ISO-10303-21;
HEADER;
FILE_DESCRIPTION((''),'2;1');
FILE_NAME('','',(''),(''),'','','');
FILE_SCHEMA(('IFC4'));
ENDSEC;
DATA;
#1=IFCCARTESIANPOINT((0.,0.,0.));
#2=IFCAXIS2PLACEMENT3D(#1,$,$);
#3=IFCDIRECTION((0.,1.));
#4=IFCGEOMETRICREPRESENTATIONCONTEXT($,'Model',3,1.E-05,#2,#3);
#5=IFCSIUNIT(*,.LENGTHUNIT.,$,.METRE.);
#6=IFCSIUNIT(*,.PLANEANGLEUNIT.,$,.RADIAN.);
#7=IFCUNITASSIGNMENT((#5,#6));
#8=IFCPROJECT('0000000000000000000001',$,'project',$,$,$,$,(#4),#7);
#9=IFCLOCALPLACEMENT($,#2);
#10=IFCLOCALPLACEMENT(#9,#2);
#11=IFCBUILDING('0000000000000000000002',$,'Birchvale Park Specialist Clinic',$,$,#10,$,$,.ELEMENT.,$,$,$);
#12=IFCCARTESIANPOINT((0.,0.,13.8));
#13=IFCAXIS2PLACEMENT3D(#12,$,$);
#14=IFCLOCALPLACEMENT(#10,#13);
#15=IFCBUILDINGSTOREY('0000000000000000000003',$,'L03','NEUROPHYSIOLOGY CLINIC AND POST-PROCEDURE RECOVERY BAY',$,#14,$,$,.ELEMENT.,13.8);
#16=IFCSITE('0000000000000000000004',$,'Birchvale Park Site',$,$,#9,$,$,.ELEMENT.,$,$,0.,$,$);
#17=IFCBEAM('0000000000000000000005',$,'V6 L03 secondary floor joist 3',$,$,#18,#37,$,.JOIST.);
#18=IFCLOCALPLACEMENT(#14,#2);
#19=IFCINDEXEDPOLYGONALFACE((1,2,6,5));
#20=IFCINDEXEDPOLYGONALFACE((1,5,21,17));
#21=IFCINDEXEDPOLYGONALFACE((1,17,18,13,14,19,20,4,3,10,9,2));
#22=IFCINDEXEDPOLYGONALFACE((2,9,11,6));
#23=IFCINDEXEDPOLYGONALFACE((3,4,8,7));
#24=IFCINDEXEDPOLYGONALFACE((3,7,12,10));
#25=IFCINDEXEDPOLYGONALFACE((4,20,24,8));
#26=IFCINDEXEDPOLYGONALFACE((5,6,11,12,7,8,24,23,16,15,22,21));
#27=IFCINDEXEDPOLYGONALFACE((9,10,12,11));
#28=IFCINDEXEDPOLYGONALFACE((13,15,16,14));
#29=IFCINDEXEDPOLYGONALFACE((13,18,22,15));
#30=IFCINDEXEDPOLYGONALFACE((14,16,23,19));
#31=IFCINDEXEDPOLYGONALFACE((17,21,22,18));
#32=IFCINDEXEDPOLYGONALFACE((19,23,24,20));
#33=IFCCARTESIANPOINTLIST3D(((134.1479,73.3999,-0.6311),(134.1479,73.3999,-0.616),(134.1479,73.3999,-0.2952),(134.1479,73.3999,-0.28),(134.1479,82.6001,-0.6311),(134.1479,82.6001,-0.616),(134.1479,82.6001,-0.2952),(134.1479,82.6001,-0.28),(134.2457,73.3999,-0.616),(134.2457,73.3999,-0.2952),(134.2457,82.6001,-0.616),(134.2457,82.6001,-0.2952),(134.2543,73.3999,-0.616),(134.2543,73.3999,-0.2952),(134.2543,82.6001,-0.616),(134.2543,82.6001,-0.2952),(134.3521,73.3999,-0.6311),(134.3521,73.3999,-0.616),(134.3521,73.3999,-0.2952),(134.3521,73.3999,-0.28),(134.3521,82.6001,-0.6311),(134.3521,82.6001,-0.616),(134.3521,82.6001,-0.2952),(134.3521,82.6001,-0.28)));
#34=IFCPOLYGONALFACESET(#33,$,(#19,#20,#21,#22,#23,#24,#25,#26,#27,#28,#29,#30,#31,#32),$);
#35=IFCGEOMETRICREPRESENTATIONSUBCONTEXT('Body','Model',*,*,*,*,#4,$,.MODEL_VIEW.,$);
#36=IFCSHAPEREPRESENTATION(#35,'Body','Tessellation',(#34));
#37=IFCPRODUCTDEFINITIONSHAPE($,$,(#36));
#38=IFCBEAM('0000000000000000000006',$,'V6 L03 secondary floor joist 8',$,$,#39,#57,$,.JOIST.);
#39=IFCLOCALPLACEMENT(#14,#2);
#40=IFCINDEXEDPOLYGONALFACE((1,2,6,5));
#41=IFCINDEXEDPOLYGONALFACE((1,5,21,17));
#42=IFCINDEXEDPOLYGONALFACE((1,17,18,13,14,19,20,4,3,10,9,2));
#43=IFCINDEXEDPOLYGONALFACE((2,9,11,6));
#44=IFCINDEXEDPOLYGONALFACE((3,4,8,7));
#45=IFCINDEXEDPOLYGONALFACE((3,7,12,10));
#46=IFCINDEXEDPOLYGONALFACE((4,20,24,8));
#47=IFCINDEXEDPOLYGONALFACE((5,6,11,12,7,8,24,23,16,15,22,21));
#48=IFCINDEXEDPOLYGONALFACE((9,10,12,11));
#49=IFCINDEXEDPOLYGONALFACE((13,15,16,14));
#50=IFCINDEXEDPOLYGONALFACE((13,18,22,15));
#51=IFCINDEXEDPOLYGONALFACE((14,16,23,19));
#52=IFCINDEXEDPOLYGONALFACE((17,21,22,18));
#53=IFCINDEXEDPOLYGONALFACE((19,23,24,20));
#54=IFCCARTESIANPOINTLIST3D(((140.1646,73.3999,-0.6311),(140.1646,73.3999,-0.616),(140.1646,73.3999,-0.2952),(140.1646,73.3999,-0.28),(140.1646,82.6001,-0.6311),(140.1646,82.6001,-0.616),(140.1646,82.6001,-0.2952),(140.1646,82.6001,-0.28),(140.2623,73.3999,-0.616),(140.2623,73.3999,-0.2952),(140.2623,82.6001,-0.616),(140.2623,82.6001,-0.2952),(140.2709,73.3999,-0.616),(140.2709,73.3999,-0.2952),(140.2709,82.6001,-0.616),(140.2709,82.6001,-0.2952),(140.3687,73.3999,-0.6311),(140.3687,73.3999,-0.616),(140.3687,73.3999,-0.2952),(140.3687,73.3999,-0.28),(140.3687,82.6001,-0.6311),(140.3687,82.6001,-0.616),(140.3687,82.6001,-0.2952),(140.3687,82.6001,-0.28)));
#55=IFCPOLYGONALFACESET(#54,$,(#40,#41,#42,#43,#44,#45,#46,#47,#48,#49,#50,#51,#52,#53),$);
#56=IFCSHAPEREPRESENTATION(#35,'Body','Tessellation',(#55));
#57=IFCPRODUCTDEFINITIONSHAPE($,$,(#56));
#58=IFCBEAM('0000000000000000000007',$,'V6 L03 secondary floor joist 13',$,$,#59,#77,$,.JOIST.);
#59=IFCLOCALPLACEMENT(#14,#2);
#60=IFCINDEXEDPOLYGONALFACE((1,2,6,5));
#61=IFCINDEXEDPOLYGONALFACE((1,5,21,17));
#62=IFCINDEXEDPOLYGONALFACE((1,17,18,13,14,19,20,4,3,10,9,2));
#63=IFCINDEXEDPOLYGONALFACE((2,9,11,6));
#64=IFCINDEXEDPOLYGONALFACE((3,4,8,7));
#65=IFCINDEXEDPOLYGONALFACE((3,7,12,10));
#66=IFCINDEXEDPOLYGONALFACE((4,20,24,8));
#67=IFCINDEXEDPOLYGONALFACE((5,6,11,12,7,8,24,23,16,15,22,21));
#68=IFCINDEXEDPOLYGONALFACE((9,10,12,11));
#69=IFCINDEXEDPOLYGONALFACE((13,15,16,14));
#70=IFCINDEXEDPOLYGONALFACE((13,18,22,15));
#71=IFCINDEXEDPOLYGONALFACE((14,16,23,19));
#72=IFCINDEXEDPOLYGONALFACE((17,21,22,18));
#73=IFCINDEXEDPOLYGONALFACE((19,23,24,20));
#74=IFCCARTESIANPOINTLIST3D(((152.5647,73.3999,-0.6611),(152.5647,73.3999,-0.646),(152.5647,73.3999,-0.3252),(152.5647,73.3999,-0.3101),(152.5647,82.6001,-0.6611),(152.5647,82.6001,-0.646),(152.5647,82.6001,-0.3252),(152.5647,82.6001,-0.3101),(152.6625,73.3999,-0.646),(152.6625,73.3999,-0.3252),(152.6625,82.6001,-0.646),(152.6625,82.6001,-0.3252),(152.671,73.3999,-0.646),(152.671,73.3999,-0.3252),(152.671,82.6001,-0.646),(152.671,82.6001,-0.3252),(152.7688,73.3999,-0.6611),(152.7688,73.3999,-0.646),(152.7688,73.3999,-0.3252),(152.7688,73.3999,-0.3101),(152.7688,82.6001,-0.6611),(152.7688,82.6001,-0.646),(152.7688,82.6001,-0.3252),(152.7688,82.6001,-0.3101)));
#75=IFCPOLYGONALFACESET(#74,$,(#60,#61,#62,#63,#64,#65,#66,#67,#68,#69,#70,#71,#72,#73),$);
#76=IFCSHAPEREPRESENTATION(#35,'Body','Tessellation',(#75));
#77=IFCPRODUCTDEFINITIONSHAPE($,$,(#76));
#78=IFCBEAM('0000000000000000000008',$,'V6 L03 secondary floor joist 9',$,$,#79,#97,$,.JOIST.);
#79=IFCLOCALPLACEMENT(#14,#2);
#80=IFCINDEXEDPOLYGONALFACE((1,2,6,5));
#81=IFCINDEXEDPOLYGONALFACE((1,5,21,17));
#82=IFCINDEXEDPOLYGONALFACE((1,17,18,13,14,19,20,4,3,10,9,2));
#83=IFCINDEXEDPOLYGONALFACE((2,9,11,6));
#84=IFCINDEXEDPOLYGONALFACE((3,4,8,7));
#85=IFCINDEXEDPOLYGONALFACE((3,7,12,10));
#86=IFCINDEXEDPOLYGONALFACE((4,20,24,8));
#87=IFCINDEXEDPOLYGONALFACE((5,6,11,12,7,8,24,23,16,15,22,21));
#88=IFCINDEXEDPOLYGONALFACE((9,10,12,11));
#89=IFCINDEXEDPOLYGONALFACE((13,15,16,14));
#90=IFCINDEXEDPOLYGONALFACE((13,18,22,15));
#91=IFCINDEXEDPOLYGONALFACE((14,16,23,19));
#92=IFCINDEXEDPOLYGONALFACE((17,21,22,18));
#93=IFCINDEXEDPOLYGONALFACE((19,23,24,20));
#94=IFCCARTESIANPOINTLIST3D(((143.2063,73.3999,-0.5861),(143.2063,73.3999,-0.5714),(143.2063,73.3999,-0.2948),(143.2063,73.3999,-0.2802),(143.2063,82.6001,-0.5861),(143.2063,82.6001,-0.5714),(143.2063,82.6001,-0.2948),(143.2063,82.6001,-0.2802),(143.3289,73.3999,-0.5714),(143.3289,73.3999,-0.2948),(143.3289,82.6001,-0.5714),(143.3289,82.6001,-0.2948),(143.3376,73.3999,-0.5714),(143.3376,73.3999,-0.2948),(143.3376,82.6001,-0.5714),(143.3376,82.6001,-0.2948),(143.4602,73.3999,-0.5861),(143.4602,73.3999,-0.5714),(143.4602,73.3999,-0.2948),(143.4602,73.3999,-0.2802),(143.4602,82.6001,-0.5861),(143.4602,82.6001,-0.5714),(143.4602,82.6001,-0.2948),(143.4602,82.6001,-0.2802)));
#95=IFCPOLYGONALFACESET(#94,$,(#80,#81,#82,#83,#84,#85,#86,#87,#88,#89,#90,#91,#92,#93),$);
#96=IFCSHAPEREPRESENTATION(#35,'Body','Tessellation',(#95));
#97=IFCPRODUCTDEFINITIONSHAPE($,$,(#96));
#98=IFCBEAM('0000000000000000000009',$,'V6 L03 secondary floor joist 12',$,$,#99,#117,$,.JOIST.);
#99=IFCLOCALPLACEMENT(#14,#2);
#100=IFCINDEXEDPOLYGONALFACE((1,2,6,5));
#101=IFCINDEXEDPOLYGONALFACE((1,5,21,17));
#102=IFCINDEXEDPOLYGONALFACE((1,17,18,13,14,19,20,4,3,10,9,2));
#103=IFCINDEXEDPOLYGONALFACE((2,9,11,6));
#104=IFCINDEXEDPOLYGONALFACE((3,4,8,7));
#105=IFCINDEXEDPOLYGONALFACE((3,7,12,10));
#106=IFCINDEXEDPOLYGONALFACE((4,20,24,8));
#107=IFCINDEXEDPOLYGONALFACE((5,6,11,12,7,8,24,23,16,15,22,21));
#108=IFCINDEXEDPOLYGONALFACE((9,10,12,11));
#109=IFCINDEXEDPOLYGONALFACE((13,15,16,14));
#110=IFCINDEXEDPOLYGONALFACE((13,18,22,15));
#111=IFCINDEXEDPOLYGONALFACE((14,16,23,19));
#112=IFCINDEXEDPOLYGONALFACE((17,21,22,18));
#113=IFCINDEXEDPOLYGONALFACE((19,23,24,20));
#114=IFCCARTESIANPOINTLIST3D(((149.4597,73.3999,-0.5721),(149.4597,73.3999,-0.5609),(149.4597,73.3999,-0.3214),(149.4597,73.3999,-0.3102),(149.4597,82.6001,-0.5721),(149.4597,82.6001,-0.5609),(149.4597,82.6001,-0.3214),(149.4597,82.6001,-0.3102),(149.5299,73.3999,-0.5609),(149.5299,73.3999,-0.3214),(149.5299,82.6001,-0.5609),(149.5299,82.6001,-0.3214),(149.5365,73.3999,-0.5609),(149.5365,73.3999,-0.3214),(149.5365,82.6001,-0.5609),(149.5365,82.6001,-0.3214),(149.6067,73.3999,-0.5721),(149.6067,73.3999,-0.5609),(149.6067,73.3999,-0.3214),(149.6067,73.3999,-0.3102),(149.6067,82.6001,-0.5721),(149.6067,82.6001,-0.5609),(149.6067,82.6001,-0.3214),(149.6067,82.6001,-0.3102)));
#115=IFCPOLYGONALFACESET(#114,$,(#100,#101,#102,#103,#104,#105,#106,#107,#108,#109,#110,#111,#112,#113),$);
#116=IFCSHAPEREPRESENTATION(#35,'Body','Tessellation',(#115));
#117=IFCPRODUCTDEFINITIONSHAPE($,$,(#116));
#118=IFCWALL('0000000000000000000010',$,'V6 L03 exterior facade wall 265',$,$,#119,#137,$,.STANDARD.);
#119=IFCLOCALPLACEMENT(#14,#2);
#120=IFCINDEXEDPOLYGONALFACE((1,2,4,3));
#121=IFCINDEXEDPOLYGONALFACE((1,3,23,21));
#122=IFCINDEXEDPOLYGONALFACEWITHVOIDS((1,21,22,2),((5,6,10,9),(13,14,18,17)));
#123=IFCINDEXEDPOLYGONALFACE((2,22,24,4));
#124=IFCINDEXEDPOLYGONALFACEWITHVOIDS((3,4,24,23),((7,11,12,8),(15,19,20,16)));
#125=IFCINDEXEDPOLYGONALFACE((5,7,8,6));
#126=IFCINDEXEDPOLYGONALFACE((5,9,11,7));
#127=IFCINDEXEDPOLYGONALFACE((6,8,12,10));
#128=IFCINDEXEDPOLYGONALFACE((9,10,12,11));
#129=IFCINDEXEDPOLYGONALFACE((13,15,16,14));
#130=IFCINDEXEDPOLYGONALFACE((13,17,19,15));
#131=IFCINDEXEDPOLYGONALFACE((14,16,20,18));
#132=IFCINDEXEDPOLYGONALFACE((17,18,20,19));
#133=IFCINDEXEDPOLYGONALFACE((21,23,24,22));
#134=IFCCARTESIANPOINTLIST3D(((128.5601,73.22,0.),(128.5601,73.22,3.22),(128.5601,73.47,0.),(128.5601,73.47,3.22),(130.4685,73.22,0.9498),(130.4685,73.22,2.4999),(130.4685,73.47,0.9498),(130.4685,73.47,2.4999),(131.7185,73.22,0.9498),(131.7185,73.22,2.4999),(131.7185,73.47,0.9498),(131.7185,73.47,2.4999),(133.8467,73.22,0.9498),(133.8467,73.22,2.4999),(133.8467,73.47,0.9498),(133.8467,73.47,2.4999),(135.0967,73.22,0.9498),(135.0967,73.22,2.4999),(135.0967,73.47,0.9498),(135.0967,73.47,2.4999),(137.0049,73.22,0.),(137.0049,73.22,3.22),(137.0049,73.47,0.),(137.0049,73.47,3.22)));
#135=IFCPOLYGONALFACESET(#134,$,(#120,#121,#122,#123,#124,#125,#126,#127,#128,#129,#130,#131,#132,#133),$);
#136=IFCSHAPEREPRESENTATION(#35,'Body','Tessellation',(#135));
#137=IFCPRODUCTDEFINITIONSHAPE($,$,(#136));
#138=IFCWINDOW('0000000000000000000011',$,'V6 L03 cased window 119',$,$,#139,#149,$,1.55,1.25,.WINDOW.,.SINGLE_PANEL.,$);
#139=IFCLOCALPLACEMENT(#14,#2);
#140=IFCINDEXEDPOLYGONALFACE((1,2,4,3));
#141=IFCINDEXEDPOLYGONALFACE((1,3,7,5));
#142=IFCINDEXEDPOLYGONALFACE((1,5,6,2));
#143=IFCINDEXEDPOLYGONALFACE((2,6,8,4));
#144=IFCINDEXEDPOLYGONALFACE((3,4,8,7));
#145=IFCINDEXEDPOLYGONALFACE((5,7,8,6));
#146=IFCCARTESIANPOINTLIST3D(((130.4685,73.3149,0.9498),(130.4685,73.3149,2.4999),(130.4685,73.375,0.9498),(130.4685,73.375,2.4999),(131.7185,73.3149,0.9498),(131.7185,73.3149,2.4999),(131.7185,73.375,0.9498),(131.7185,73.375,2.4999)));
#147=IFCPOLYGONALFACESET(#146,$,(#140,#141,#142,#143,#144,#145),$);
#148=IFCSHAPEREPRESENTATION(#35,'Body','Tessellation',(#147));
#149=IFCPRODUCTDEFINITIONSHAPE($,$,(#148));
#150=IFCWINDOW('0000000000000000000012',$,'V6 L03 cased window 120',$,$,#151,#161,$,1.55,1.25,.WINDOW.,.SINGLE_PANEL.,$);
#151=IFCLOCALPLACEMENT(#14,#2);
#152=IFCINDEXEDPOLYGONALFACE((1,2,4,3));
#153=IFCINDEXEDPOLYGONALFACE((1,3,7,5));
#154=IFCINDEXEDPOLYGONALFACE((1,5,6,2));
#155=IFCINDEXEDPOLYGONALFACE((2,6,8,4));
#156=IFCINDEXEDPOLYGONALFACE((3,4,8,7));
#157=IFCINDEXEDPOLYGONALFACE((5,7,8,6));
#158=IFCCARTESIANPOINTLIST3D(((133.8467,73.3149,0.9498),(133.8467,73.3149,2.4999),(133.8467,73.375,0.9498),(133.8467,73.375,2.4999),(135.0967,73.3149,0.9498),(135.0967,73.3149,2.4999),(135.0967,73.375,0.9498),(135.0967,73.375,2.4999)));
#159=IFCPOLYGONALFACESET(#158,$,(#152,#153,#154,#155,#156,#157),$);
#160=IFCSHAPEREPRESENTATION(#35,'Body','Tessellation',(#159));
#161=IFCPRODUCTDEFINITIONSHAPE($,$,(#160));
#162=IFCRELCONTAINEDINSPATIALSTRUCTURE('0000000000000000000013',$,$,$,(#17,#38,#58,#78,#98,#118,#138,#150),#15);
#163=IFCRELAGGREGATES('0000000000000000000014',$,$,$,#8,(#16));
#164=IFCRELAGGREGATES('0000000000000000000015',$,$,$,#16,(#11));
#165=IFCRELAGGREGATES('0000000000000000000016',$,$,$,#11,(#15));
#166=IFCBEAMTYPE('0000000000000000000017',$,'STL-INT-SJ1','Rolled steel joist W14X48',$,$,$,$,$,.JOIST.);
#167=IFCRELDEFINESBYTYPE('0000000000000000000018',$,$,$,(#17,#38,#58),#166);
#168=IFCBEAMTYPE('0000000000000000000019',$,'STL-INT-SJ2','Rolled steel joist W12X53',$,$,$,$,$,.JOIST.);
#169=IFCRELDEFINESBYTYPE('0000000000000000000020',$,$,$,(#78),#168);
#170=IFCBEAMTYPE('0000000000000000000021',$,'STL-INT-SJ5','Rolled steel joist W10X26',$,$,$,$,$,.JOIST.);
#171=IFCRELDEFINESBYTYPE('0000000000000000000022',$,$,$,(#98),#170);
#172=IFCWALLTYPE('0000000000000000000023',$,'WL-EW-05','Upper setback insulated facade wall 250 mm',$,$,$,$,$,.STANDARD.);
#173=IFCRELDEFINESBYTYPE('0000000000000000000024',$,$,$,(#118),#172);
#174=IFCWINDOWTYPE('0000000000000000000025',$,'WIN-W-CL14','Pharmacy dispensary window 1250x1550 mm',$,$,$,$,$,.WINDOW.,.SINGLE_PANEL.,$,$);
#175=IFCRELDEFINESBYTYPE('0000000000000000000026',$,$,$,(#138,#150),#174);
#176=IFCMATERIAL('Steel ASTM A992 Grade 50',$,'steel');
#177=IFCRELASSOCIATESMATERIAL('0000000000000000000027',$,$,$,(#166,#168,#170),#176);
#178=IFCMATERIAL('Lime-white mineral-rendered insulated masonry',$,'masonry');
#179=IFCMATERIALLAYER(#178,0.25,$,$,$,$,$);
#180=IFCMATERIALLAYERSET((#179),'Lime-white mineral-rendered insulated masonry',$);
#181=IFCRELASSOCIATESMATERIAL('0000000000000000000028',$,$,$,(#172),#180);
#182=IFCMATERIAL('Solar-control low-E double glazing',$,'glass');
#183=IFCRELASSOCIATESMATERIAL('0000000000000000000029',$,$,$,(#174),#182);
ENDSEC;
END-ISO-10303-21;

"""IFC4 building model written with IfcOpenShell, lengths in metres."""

from ifc_helpers import new_model, si_unit, direction, frame, frame_2d, origin, origin_2d, place, context, subcontext, project, spatial, rectangle, i_section, extrude, material, layer, layer_set, material_profile, profile_set, type_object, element, fill, save


model = new_model("IFC4")

# Units and contexts
model_context = context("Model", 3, precision=1e-05, world=origin(), true_north=direction((0.0, 1.0)))
body_context = subcontext(model_context, "Body", "Model", "MODEL_VIEW")
ifc_project = project(units=[si_unit("LENGTHUNIT", "METRE"), si_unit("PLANEANGLEUNIT", "RADIAN")], contexts=[model_context])

# Site, building, storey
site_placement = place(None, origin())
site = spatial("IfcSite", under=ifc_project, at=site_placement, Name="Birchvale Park Site", CompositionType="ELEMENT", RefElevation=0.0)
building_placement = place(site_placement, origin())
building = spatial("IfcBuilding", under=site, at=building_placement, Name="Birchvale Park Specialist Clinic", CompositionType="ELEMENT")
storey_placement = place(building_placement, frame((0.0, 0.0, 13.8)))
storey = spatial("IfcBuildingStorey", under=building, at=storey_placement, Name="L03", Description="NEUROPHYSIOLOGY CLINIC AND POST-PROCEDURE RECOVERY BAY", CompositionType="ELEMENT", Elevation=13.8)

# Beams
ifc_material_1 = material(Name="Steel ASTM A992 Grade 50", Category="steel")
ifc_material_profile_1 = material_profile(ifc_material_1, i_section(OverallWidth=0.2041, OverallDepth=0.3511, WebThickness=0.0085, FlangeThickness=0.0151, at=origin_2d()), Name="W14X48")
ifc_profile_set_1 = profile_set([ifc_material_profile_1], Name="Steel ASTM A992 Grade 50")
beam_type_1 = type_object("IfcBeamType", Name="STL-INT-SJ1", Description="Rolled steel joist W14X48", PredefinedType="JOIST", material=ifc_profile_set_1)
for number, where, z_axis, x_axis, name in (
    (1, (134.25, 73.3999, -0.4556), (0.0, 1.0, 0.0), (-1.0, 0.0, 0.0), "V6 L03 secondary floor joist 3"),
    (2, (140.2666, 73.3999, -0.4556), (0.0, 1.0, 0.0), (-1.0, 0.0, 0.0), "V6 L03 secondary floor joist 8"),
    (3, (152.6667, 73.3999, -0.4856), (0.0, 1.0, 0.0), (-1.0, 0.0, 0.0), "V6 L03 secondary floor joist 13"),
):
    element("IfcBeam", number, at=place(storey_placement, frame(where, z_axis=z_axis, x_axis=x_axis)), inside=storey, type_object=beam_type_1, Name=name, PredefinedType="JOIST", context=body_context, shape_type="SweptSolid", body=[
        extrude(i_section(OverallWidth=0.2041, OverallDepth=0.3511, WebThickness=0.0085, FlangeThickness=0.0151, at=origin_2d()), origin(), (0.0, 0.0, 1.0), 9.2002),
    ])
ifc_material_profile_2 = material_profile(ifc_material_1, i_section(OverallWidth=0.2539, OverallDepth=0.3059, WebThickness=0.0088, FlangeThickness=0.0146, at=origin_2d()), Name="W12X53")
ifc_profile_set_2 = profile_set([ifc_material_profile_2], Name="Steel ASTM A992 Grade 50")
beam_type_2 = type_object("IfcBeamType", Name="STL-INT-SJ2", Description="Rolled steel joist W12X53", PredefinedType="JOIST", material=ifc_profile_set_2)
beam_1_placement = place(storey_placement, frame((143.3333, 73.3999, -0.4331), z_axis=(0.0, 1.0, 0.0), x_axis=(-1.0, 0.0, 0.0)))
element("IfcBeam", 4, at=beam_1_placement, inside=storey, type_object=beam_type_2, Name="V6 L03 secondary floor joist 9", PredefinedType="JOIST", context=body_context, shape_type="SweptSolid", body=[
    extrude(i_section(OverallWidth=0.2539, OverallDepth=0.3059, WebThickness=0.0088, FlangeThickness=0.0146, at=origin_2d()), origin(), (0.0, 0.0, 1.0), 9.2002),
])
ifc_material_profile_3 = material_profile(ifc_material_1, i_section(OverallWidth=0.147, OverallDepth=0.262, WebThickness=0.0066, FlangeThickness=0.0112, at=origin_2d()), Name="W10X26")
ifc_profile_set_3 = profile_set([ifc_material_profile_3], Name="Steel ASTM A992 Grade 50")
beam_type_3 = type_object("IfcBeamType", Name="STL-INT-SJ5", Description="Rolled steel joist W10X26", PredefinedType="JOIST", material=ifc_profile_set_3)
beam_2_placement = place(storey_placement, frame((149.5332, 73.3999, -0.4412), z_axis=(0.0, 1.0, 0.0), x_axis=(-1.0, 0.0, 0.0)))
element("IfcBeam", 5, at=beam_2_placement, inside=storey, type_object=beam_type_3, Name="V6 L03 secondary floor joist 12", PredefinedType="JOIST", context=body_context, shape_type="SweptSolid", body=[
    extrude(i_section(OverallWidth=0.147, OverallDepth=0.262, WebThickness=0.0066, FlangeThickness=0.0112, at=origin_2d()), origin(), (0.0, 0.0, 1.0), 9.2002),
])

# Wall, openings, windows
ifc_material_2 = material(Name="Lime-white mineral-rendered insulated masonry", Category="masonry")
ifc_layer_1 = layer(ifc_material_2, 0.25)
ifc_layer_set_1 = layer_set([ifc_layer_1], Name="Lime-white mineral-rendered insulated masonry")
wall_type = type_object("IfcWallType", Name="WL-EW-05", Description="Upper setback insulated facade wall 250 mm", PredefinedType="STANDARD", material=ifc_layer_set_1)
wall_1_placement = place(storey_placement, frame((128.5601, 73.345, 0.0), z_axis=(0.0, 0.0, 1.0), x_axis=(1.0, 0.0, 0.0)))
wall_1 = element("IfcWall", 6, at=wall_1_placement, inside=storey, type_object=wall_type, Name="V6 L03 exterior facade wall 265", PredefinedType="STANDARD", context=body_context, shape_type="SweptSolid", body=[
    extrude(rectangle(XDim=8.4448, YDim=0.25, at=frame_2d((4.2224, 0.0))), origin(), (0.0, 0.0, 1.0), 3.22),
])
opening_1_placement = place(wall_1_placement, frame((1.9084, 0.0, 0.95)))
opening_1 = element("IfcOpeningElement", 7, at=opening_1_placement, cuts=wall_1, PredefinedType="OPENING", context=body_context, shape_type="SweptSolid", body=[
    extrude(rectangle(XDim=1.25, YDim=1.55, at=frame_2d((0.625, 0.7749))), frame((0.0, 0.135, 0.0), z_axis=(0.0, -1.0, 0.0), x_axis=(1.0, 0.0, 0.0)), (0.0, 0.0, 1.0), 0.27),
])
opening_2_placement = place(wall_1_placement, frame((5.2866, 0.0, 0.95)))
opening_2 = element("IfcOpeningElement", 8, at=opening_2_placement, cuts=wall_1, PredefinedType="OPENING", context=body_context, shape_type="SweptSolid", body=[
    extrude(rectangle(XDim=1.25, YDim=1.55, at=frame_2d((0.625, 0.7749))), frame((0.0, 0.135, 0.0), z_axis=(0.0, -1.0, 0.0), x_axis=(1.0, 0.0, 0.0)), (0.0, 0.0, 1.0), 0.27),
])
ifc_material_3 = material(Name="Solar-control low-E double glazing", Category="glass")
window_type_1 = type_object("IfcWindowType", Name="WIN-W-CL14", Description="Pharmacy dispensary window 1250x1550 mm", PartitioningType="SINGLE_PANEL", PredefinedType="WINDOW", material=ifc_material_3)
window_1_placement = place(opening_1_placement, origin())
window_1 = element("IfcWindow", 9, at=window_1_placement, inside=storey, type_object=window_type_1, Name="V6 L03 cased window 119", OverallHeight=1.55, OverallWidth=1.25, PartitioningType="SINGLE_PANEL", PredefinedType="WINDOW", context=body_context, shape_type="SweptSolid", body=[
    extrude(rectangle(XDim=1.25, YDim=1.55, at=frame_2d((0.625, 0.7749))), frame((0.0, 0.03, 0.0), z_axis=(0.0, -1.0, 0.0), x_axis=(1.0, 0.0, 0.0)), (0.0, 0.0, 1.0), 0.0601),
])
fill(opening_1, window_1)
window_2_placement = place(opening_2_placement, origin())
window_2 = element("IfcWindow", 10, at=window_2_placement, inside=storey, type_object=window_type_1, Name="V6 L03 cased window 120", OverallHeight=1.55, OverallWidth=1.25, PartitioningType="SINGLE_PANEL", PredefinedType="WINDOW", context=body_context, shape_type="SweptSolid", body=[
    extrude(rectangle(XDim=1.25, YDim=1.55, at=frame_2d((0.625, 0.7749))), frame((0.0, 0.03, 0.0), z_axis=(0.0, -1.0, 0.0), x_axis=(1.0, 0.0, 0.0)), (0.0, 0.0, 1.0), 0.0601),
])
fill(opening_2, window_2)

save(model, "model.ifc")
